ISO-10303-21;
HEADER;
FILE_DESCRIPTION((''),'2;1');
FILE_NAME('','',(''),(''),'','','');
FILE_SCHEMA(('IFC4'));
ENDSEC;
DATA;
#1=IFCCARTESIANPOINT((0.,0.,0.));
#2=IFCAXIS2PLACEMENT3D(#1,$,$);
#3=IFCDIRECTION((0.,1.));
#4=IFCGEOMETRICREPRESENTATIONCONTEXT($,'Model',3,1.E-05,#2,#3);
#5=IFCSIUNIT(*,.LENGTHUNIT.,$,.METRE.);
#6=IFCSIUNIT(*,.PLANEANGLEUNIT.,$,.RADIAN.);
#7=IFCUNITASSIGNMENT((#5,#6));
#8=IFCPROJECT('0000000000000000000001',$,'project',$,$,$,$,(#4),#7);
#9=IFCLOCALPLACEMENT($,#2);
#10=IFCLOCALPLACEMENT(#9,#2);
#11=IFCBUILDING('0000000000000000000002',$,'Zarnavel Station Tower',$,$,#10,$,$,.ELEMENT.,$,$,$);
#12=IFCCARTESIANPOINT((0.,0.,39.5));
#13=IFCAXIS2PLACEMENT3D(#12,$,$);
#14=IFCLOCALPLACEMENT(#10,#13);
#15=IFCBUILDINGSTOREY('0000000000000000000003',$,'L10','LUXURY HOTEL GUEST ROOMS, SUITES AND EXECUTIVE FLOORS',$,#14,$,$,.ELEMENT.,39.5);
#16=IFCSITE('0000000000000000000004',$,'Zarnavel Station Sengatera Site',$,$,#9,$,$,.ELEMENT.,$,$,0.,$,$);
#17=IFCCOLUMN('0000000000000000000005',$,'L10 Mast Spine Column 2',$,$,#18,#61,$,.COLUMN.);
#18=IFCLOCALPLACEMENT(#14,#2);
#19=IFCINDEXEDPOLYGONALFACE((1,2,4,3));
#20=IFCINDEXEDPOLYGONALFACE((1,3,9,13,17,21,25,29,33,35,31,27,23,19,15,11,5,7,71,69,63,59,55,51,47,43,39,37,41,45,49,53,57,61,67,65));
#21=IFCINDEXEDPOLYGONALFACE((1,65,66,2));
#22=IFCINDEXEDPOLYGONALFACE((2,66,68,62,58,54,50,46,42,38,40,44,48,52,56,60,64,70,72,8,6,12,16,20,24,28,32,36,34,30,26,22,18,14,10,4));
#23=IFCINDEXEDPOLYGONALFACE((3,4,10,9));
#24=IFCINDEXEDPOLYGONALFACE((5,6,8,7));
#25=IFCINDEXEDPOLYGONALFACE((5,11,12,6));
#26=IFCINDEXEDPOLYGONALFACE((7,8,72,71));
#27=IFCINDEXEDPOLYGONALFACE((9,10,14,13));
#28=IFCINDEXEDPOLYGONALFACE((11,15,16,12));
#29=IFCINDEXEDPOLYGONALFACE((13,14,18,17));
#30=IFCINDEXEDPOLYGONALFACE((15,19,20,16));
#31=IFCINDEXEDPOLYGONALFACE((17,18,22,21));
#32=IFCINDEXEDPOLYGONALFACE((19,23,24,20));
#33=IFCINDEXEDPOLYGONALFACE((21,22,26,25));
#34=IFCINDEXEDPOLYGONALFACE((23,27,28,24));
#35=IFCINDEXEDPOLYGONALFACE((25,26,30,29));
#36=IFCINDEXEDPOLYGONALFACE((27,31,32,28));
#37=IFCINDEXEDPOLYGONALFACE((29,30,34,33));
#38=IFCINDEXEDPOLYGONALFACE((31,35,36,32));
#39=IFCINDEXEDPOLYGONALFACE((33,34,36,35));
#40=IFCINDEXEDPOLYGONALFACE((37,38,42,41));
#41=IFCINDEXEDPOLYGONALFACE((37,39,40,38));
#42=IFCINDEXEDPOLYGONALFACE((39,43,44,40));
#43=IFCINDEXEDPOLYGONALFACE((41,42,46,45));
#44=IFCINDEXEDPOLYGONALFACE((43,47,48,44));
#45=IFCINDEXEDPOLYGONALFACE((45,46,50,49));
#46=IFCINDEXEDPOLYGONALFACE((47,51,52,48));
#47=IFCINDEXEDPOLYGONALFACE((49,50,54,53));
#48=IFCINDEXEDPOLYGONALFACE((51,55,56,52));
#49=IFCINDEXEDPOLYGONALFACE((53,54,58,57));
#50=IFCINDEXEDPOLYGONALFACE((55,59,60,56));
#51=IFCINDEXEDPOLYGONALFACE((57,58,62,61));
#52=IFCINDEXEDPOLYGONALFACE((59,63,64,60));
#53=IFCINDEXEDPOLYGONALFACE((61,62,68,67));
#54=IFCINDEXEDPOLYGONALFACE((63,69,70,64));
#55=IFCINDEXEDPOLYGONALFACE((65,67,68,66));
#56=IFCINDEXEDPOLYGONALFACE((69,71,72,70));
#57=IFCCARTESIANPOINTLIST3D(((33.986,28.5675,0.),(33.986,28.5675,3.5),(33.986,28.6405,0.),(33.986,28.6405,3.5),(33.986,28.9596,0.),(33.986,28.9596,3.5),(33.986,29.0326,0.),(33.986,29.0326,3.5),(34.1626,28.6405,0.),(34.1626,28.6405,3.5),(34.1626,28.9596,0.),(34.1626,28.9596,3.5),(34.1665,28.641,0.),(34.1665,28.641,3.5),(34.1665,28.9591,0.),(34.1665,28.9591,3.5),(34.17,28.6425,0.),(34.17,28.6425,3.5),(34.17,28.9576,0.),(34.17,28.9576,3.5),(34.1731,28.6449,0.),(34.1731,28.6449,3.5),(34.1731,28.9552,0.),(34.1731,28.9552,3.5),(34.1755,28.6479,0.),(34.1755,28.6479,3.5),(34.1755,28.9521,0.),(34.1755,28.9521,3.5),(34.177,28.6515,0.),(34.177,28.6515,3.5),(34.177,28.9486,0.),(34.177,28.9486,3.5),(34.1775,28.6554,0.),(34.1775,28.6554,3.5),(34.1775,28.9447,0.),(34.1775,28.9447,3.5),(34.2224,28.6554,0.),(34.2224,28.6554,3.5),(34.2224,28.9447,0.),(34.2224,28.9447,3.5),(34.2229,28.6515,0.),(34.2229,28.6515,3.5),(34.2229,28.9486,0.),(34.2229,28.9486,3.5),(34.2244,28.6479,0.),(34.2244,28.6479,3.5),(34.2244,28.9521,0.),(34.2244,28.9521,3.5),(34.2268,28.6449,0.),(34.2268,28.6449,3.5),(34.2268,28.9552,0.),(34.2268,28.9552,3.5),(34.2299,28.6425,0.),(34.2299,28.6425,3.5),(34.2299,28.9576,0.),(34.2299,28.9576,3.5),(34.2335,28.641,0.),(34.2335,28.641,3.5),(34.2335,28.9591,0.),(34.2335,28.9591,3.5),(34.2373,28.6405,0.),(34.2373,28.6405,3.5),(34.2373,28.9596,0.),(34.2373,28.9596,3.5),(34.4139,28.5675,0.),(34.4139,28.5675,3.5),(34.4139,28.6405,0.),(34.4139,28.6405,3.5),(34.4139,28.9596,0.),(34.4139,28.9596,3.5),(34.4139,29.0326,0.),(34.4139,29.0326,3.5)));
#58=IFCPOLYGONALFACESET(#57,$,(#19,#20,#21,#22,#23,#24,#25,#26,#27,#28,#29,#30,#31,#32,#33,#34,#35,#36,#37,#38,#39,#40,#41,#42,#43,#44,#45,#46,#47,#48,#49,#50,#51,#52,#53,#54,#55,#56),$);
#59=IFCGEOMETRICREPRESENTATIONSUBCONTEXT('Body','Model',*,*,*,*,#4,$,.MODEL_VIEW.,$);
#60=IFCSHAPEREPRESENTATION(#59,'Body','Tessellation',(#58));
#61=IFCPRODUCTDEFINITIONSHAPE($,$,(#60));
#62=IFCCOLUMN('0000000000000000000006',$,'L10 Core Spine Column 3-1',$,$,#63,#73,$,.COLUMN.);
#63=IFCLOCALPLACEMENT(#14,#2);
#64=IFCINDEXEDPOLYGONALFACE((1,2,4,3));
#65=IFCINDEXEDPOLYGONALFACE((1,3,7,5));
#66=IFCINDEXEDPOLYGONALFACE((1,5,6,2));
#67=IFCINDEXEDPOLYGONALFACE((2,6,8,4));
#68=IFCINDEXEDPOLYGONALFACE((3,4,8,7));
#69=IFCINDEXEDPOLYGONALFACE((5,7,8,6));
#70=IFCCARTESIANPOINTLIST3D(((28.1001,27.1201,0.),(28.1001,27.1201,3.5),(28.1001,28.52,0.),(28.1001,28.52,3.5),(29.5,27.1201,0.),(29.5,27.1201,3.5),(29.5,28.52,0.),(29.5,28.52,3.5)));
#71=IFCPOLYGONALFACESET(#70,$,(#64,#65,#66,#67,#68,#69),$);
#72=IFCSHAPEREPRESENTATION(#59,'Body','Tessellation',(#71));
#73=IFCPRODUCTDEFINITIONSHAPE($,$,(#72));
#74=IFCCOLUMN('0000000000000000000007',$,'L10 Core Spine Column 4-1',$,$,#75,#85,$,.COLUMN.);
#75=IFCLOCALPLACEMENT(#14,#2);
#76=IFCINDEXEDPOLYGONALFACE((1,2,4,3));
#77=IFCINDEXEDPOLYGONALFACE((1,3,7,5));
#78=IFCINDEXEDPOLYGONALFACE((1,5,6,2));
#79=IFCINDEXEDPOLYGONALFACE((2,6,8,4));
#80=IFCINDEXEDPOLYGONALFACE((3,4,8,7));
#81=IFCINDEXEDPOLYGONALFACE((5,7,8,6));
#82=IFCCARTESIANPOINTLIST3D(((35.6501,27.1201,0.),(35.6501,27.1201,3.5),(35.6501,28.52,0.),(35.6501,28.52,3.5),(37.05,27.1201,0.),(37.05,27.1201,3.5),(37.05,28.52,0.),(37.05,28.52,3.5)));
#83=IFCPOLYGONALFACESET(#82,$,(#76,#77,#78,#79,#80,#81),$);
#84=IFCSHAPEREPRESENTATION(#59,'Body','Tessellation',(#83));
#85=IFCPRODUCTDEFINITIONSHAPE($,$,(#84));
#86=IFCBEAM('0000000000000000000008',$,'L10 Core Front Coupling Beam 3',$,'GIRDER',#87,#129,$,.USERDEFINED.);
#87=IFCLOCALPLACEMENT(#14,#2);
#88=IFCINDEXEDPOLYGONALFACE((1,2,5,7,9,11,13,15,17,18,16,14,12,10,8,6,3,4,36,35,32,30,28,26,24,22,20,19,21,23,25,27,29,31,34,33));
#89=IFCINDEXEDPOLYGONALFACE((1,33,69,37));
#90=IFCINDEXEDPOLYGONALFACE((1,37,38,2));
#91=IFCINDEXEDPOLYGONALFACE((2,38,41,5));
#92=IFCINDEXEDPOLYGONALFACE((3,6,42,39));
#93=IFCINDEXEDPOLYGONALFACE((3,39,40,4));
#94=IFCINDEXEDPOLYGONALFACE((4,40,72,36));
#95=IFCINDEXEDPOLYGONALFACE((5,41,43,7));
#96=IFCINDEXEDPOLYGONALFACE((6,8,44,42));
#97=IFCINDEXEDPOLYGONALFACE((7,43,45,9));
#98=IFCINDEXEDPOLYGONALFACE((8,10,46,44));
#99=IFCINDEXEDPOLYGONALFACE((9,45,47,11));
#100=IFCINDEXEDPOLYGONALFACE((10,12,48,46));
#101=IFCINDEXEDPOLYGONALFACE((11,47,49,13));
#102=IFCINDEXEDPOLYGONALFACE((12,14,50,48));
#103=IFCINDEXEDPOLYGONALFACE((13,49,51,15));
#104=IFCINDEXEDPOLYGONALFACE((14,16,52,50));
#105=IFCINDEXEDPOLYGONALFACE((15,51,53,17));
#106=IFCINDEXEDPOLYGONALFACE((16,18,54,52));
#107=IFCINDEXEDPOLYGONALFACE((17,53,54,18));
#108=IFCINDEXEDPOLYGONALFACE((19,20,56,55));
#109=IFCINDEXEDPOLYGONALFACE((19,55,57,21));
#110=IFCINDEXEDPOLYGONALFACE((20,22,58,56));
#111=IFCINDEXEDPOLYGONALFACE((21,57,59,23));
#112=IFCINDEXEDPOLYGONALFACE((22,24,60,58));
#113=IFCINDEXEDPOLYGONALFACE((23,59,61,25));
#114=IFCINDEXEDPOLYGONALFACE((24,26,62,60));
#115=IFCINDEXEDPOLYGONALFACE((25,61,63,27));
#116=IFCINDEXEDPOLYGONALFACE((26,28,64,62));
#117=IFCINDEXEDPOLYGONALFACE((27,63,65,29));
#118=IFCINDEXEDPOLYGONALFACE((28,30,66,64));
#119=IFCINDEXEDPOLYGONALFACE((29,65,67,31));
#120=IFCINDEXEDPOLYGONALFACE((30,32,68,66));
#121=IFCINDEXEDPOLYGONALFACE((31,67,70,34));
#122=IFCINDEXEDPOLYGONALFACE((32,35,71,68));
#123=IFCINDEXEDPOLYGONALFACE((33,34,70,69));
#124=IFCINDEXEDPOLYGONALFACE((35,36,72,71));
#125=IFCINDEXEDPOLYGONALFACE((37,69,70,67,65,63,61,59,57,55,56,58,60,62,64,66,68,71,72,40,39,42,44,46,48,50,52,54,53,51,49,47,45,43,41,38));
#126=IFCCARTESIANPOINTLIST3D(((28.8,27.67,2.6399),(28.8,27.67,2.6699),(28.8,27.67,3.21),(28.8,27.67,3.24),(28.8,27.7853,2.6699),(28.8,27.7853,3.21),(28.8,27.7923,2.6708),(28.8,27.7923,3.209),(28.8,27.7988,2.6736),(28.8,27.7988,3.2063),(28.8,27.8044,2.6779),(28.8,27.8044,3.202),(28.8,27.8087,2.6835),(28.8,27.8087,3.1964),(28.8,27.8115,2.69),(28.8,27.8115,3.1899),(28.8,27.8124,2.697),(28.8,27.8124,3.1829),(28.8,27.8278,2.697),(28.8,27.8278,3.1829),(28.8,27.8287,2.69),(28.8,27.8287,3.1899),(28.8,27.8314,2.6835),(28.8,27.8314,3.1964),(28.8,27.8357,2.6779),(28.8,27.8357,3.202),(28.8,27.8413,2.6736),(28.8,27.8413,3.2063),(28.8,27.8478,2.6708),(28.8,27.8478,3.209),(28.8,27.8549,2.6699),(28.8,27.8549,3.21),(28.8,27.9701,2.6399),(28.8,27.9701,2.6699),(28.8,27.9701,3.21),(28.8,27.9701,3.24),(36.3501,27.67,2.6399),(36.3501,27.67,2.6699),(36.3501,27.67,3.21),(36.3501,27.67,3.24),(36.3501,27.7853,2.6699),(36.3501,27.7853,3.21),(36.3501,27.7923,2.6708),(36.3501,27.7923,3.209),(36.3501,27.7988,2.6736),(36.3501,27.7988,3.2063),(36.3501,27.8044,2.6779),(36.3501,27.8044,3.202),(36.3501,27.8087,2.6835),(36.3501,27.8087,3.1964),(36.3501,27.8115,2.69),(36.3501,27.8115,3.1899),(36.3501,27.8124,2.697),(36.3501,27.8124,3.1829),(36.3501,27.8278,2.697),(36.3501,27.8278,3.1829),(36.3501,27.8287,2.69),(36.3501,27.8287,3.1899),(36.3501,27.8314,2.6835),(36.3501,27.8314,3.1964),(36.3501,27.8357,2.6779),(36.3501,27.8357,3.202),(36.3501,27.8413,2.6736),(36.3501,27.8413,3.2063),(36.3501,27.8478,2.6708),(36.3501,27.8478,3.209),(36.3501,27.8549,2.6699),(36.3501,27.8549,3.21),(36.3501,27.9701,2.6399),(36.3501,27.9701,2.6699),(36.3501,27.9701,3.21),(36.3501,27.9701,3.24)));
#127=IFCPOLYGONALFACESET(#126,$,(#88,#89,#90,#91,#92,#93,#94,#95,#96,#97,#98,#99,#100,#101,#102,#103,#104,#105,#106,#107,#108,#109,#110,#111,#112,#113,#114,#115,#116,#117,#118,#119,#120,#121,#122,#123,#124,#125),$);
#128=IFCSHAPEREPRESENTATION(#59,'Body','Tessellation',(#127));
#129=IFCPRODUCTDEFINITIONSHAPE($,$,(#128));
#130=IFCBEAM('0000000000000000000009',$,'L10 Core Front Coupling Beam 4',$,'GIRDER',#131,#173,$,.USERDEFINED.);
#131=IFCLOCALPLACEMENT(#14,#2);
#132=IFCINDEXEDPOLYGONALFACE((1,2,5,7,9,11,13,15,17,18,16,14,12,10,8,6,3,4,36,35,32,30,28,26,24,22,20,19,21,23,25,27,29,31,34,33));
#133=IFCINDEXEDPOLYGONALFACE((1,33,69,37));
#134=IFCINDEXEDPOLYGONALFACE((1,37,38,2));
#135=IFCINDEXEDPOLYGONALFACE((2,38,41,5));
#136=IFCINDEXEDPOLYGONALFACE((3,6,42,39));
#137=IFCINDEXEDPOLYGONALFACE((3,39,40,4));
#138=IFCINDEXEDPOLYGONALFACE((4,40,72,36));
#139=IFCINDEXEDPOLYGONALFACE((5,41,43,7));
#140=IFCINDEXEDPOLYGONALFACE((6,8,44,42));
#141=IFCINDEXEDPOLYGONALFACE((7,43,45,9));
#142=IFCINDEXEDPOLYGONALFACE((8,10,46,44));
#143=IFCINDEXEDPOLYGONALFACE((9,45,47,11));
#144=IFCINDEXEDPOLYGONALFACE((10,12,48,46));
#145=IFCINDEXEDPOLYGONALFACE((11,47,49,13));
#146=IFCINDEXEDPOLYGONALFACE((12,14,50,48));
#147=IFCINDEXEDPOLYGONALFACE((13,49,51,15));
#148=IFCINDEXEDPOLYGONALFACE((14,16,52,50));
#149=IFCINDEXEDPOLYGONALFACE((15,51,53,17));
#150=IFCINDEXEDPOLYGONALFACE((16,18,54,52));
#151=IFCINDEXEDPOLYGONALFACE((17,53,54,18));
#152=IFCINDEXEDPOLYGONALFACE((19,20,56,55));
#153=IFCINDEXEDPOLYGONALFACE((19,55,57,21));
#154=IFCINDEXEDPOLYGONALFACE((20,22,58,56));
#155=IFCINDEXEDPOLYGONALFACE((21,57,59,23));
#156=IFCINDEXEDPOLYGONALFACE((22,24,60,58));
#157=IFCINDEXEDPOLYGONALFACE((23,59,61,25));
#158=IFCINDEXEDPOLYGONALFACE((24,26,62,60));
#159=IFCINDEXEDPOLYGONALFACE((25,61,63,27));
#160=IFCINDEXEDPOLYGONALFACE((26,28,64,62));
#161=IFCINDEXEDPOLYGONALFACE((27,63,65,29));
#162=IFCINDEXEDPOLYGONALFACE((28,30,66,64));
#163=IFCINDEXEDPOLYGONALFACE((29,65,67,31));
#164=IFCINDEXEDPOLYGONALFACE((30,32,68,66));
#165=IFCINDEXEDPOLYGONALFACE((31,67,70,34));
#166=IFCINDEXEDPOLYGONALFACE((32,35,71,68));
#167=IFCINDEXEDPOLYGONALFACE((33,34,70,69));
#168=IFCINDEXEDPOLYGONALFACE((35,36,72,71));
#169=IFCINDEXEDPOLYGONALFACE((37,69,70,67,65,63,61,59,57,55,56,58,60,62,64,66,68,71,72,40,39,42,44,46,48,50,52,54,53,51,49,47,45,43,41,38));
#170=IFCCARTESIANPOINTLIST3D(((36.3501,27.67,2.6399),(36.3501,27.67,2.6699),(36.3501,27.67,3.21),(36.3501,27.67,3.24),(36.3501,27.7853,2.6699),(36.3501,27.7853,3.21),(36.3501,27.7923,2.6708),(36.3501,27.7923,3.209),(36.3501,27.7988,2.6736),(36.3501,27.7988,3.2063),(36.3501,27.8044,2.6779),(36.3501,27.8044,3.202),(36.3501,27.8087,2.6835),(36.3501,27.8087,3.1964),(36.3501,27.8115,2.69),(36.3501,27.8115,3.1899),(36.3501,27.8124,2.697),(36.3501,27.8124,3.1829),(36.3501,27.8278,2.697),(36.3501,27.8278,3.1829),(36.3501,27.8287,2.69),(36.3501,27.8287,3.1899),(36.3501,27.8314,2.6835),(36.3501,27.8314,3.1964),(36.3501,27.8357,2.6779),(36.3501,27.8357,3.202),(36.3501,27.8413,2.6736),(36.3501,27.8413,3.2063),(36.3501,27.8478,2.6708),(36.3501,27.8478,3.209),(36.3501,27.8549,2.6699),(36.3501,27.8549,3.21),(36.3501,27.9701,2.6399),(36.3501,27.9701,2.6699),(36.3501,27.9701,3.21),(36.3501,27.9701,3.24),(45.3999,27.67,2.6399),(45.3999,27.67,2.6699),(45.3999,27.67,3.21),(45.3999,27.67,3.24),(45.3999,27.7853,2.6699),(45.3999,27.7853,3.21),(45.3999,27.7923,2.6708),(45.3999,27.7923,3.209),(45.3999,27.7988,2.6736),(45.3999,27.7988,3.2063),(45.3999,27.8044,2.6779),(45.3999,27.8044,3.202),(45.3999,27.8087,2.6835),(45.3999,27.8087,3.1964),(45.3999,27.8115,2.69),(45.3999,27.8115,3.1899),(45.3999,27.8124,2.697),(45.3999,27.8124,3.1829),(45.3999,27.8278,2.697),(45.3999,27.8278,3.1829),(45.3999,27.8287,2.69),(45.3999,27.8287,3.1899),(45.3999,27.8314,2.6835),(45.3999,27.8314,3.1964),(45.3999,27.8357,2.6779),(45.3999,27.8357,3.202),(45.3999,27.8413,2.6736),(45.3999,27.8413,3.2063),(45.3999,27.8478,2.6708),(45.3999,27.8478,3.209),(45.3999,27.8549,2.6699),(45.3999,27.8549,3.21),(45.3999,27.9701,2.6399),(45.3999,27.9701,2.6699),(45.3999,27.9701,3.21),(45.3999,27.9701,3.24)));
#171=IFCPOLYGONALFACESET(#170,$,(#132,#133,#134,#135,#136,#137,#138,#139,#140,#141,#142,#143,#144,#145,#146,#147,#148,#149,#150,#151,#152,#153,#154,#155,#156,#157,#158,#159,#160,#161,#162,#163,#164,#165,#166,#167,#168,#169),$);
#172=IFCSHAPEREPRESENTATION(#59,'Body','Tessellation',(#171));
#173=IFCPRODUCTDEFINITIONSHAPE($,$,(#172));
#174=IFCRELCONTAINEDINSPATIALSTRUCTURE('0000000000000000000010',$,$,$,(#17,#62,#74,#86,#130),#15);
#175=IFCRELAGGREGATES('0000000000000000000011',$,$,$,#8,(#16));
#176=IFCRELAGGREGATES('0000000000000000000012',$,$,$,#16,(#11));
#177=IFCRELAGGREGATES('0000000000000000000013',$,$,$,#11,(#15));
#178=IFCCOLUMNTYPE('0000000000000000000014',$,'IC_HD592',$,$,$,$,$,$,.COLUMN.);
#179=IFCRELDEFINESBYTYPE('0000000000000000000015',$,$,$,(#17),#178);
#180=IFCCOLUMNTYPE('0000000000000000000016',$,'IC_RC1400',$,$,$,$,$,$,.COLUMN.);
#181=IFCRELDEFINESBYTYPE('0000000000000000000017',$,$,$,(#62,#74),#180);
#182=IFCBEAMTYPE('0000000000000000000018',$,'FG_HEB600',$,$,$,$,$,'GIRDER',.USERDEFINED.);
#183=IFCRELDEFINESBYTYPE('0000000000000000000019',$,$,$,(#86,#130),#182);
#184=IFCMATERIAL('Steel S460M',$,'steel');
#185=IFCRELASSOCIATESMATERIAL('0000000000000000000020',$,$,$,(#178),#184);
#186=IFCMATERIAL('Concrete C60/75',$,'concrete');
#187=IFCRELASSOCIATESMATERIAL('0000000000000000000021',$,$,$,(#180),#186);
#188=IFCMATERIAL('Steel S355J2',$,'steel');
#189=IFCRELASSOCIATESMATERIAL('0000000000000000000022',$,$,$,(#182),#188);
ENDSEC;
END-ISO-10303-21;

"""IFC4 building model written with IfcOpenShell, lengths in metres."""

from ifc_helpers import new_model, si_unit, direction, frame, origin, origin_2d, place, context, subcontext, project, spatial, rectangle, i_section, extrude, material, material_profile, profile_set, type_object, element, save


model = new_model("IFC4")

# Units and contexts
model_context = context("Model", 3, precision=1e-05, world=origin(), true_north=direction((0.0, 1.0)))
body_context = subcontext(model_context, "Body", "Model", "MODEL_VIEW")
ifc_project = project(units=[si_unit("LENGTHUNIT", "METRE"), si_unit("PLANEANGLEUNIT", "RADIAN")], contexts=[model_context])

# Site, building, storey
site_placement = place(None, origin())
site = spatial("IfcSite", under=ifc_project, at=site_placement, Name="Zarnavel Station Sengatera Site", CompositionType="ELEMENT", RefElevation=0.0)
building_placement = place(site_placement, origin())
building = spatial("IfcBuilding", under=site, at=building_placement, Name="Zarnavel Station Tower", CompositionType="ELEMENT")
storey_placement = place(building_placement, frame((0.0, 0.0, 39.5)))
storey = spatial("IfcBuildingStorey", under=building, at=storey_placement, Name="L10", Description="LUXURY HOTEL GUEST ROOMS, SUITES AND EXECUTIVE FLOORS", CompositionType="ELEMENT", Elevation=39.5)

# Columns
ifc_material_1 = material(Name="Steel S460M", Category="steel")
ifc_material_profile_1 = material_profile(ifc_material_1, i_section(OverallWidth=0.428, OverallDepth=0.4651, WebThickness=0.0449, FlangeThickness=0.073, FilletRadius=0.0149, at=origin_2d()), Name="HD400x592")
ifc_profile_set_1 = profile_set([ifc_material_profile_1], Name="Steel S460M")
column_type_1 = type_object("IfcColumnType", Name="IC_HD592", PredefinedType="COLUMN", material=ifc_profile_set_1)
column_placement = place(storey_placement, frame((34.2, 28.8, 0.0), z_axis=(0.0, 0.0, 1.0), x_axis=(1.0, 0.0, 0.0)))
element("IfcColumn", 1, at=column_placement, inside=storey, type_object=column_type_1, Name="L10 Mast Spine Column 2", PredefinedType="COLUMN", context=body_context, shape_type="SweptSolid", body=[
    extrude(i_section(OverallWidth=0.428, OverallDepth=0.4651, WebThickness=0.0449, FlangeThickness=0.073, FilletRadius=0.0149, at=origin_2d()), origin(), (0.0, 0.0, 1.0), 3.5),
])
ifc_material_2 = material(Name="Concrete C60/75", Category="concrete")
ifc_material_profile_2 = material_profile(ifc_material_2, rectangle(XDim=1.3999, YDim=1.3999, at=origin_2d()), Name="RC1400x1400")
ifc_profile_set_2 = profile_set([ifc_material_profile_2], Name="Concrete C60/75")
column_type_2 = type_object("IfcColumnType", Name="IC_RC1400", PredefinedType="COLUMN", material=ifc_profile_set_2)
for number, where, z_axis, x_axis, name in (
    (2, (28.8, 27.8201, 0.0), (0.0, 0.0, 1.0), (1.0, 0.0, 0.0), "L10 Core Spine Column 3-1"),
    (3, (36.3501, 27.8201, 0.0), (0.0, 0.0, 1.0), (1.0, 0.0, 0.0), "L10 Core Spine Column 4-1"),
):
    element("IfcColumn", number, at=place(storey_placement, frame(where, z_axis=z_axis, x_axis=x_axis)), inside=storey, type_object=column_type_2, Name=name, PredefinedType="COLUMN", context=body_context, shape_type="SweptSolid", body=[
        extrude(rectangle(XDim=1.3999, YDim=1.3999, at=origin_2d()), origin(), (0.0, 0.0, 1.0), 3.5),
    ])

# Beams
ifc_material_3 = material(Name="Steel S355J2", Category="steel")
ifc_material_profile_3 = material_profile(ifc_material_3, i_section(OverallWidth=0.3, OverallDepth=0.6001, WebThickness=0.0154, FlangeThickness=0.03, FilletRadius=0.0271, at=origin_2d()), Name="HEB600")
ifc_profile_set_3 = profile_set([ifc_material_profile_3], Name="Steel S355J2")
beam_type_1 = type_object("IfcBeamType", Name="FG_HEB600", ElementType="GIRDER", PredefinedType="USERDEFINED", material=ifc_profile_set_3)
beam_1_placement = place(storey_placement, frame((28.8, 27.8201, 2.9399), z_axis=(1.0, 0.0, 0.0), x_axis=(0.0, 1.0, 0.0)))
element("IfcBeam", 4, at=beam_1_placement, inside=storey, type_object=beam_type_1, Name="L10 Core Front Coupling Beam 3", ObjectType="GIRDER", PredefinedType="USERDEFINED", context=body_context, shape_type="SweptSolid", body=[
    extrude(i_section(OverallWidth=0.3, OverallDepth=0.6001, WebThickness=0.0154, FlangeThickness=0.03, FilletRadius=0.0271, at=origin_2d()), origin(), (0.0, 0.0, 1.0), 7.55),
])
beam_2_placement = place(storey_placement, frame((36.3501, 27.8201, 2.9399), z_axis=(1.0, 0.0, 0.0), x_axis=(0.0, 1.0, 0.0)))
element("IfcBeam", 5, at=beam_2_placement, inside=storey, type_object=beam_type_1, Name="L10 Core Front Coupling Beam 4", ObjectType="GIRDER", PredefinedType="USERDEFINED", context=body_context, shape_type="SweptSolid", body=[
    extrude(i_section(OverallWidth=0.3, OverallDepth=0.6001, WebThickness=0.0154, FlangeThickness=0.03, FilletRadius=0.0271, at=origin_2d()), origin(), (0.0, 0.0, 1.0), 9.0498),
])

save(model, "model.ifc")
